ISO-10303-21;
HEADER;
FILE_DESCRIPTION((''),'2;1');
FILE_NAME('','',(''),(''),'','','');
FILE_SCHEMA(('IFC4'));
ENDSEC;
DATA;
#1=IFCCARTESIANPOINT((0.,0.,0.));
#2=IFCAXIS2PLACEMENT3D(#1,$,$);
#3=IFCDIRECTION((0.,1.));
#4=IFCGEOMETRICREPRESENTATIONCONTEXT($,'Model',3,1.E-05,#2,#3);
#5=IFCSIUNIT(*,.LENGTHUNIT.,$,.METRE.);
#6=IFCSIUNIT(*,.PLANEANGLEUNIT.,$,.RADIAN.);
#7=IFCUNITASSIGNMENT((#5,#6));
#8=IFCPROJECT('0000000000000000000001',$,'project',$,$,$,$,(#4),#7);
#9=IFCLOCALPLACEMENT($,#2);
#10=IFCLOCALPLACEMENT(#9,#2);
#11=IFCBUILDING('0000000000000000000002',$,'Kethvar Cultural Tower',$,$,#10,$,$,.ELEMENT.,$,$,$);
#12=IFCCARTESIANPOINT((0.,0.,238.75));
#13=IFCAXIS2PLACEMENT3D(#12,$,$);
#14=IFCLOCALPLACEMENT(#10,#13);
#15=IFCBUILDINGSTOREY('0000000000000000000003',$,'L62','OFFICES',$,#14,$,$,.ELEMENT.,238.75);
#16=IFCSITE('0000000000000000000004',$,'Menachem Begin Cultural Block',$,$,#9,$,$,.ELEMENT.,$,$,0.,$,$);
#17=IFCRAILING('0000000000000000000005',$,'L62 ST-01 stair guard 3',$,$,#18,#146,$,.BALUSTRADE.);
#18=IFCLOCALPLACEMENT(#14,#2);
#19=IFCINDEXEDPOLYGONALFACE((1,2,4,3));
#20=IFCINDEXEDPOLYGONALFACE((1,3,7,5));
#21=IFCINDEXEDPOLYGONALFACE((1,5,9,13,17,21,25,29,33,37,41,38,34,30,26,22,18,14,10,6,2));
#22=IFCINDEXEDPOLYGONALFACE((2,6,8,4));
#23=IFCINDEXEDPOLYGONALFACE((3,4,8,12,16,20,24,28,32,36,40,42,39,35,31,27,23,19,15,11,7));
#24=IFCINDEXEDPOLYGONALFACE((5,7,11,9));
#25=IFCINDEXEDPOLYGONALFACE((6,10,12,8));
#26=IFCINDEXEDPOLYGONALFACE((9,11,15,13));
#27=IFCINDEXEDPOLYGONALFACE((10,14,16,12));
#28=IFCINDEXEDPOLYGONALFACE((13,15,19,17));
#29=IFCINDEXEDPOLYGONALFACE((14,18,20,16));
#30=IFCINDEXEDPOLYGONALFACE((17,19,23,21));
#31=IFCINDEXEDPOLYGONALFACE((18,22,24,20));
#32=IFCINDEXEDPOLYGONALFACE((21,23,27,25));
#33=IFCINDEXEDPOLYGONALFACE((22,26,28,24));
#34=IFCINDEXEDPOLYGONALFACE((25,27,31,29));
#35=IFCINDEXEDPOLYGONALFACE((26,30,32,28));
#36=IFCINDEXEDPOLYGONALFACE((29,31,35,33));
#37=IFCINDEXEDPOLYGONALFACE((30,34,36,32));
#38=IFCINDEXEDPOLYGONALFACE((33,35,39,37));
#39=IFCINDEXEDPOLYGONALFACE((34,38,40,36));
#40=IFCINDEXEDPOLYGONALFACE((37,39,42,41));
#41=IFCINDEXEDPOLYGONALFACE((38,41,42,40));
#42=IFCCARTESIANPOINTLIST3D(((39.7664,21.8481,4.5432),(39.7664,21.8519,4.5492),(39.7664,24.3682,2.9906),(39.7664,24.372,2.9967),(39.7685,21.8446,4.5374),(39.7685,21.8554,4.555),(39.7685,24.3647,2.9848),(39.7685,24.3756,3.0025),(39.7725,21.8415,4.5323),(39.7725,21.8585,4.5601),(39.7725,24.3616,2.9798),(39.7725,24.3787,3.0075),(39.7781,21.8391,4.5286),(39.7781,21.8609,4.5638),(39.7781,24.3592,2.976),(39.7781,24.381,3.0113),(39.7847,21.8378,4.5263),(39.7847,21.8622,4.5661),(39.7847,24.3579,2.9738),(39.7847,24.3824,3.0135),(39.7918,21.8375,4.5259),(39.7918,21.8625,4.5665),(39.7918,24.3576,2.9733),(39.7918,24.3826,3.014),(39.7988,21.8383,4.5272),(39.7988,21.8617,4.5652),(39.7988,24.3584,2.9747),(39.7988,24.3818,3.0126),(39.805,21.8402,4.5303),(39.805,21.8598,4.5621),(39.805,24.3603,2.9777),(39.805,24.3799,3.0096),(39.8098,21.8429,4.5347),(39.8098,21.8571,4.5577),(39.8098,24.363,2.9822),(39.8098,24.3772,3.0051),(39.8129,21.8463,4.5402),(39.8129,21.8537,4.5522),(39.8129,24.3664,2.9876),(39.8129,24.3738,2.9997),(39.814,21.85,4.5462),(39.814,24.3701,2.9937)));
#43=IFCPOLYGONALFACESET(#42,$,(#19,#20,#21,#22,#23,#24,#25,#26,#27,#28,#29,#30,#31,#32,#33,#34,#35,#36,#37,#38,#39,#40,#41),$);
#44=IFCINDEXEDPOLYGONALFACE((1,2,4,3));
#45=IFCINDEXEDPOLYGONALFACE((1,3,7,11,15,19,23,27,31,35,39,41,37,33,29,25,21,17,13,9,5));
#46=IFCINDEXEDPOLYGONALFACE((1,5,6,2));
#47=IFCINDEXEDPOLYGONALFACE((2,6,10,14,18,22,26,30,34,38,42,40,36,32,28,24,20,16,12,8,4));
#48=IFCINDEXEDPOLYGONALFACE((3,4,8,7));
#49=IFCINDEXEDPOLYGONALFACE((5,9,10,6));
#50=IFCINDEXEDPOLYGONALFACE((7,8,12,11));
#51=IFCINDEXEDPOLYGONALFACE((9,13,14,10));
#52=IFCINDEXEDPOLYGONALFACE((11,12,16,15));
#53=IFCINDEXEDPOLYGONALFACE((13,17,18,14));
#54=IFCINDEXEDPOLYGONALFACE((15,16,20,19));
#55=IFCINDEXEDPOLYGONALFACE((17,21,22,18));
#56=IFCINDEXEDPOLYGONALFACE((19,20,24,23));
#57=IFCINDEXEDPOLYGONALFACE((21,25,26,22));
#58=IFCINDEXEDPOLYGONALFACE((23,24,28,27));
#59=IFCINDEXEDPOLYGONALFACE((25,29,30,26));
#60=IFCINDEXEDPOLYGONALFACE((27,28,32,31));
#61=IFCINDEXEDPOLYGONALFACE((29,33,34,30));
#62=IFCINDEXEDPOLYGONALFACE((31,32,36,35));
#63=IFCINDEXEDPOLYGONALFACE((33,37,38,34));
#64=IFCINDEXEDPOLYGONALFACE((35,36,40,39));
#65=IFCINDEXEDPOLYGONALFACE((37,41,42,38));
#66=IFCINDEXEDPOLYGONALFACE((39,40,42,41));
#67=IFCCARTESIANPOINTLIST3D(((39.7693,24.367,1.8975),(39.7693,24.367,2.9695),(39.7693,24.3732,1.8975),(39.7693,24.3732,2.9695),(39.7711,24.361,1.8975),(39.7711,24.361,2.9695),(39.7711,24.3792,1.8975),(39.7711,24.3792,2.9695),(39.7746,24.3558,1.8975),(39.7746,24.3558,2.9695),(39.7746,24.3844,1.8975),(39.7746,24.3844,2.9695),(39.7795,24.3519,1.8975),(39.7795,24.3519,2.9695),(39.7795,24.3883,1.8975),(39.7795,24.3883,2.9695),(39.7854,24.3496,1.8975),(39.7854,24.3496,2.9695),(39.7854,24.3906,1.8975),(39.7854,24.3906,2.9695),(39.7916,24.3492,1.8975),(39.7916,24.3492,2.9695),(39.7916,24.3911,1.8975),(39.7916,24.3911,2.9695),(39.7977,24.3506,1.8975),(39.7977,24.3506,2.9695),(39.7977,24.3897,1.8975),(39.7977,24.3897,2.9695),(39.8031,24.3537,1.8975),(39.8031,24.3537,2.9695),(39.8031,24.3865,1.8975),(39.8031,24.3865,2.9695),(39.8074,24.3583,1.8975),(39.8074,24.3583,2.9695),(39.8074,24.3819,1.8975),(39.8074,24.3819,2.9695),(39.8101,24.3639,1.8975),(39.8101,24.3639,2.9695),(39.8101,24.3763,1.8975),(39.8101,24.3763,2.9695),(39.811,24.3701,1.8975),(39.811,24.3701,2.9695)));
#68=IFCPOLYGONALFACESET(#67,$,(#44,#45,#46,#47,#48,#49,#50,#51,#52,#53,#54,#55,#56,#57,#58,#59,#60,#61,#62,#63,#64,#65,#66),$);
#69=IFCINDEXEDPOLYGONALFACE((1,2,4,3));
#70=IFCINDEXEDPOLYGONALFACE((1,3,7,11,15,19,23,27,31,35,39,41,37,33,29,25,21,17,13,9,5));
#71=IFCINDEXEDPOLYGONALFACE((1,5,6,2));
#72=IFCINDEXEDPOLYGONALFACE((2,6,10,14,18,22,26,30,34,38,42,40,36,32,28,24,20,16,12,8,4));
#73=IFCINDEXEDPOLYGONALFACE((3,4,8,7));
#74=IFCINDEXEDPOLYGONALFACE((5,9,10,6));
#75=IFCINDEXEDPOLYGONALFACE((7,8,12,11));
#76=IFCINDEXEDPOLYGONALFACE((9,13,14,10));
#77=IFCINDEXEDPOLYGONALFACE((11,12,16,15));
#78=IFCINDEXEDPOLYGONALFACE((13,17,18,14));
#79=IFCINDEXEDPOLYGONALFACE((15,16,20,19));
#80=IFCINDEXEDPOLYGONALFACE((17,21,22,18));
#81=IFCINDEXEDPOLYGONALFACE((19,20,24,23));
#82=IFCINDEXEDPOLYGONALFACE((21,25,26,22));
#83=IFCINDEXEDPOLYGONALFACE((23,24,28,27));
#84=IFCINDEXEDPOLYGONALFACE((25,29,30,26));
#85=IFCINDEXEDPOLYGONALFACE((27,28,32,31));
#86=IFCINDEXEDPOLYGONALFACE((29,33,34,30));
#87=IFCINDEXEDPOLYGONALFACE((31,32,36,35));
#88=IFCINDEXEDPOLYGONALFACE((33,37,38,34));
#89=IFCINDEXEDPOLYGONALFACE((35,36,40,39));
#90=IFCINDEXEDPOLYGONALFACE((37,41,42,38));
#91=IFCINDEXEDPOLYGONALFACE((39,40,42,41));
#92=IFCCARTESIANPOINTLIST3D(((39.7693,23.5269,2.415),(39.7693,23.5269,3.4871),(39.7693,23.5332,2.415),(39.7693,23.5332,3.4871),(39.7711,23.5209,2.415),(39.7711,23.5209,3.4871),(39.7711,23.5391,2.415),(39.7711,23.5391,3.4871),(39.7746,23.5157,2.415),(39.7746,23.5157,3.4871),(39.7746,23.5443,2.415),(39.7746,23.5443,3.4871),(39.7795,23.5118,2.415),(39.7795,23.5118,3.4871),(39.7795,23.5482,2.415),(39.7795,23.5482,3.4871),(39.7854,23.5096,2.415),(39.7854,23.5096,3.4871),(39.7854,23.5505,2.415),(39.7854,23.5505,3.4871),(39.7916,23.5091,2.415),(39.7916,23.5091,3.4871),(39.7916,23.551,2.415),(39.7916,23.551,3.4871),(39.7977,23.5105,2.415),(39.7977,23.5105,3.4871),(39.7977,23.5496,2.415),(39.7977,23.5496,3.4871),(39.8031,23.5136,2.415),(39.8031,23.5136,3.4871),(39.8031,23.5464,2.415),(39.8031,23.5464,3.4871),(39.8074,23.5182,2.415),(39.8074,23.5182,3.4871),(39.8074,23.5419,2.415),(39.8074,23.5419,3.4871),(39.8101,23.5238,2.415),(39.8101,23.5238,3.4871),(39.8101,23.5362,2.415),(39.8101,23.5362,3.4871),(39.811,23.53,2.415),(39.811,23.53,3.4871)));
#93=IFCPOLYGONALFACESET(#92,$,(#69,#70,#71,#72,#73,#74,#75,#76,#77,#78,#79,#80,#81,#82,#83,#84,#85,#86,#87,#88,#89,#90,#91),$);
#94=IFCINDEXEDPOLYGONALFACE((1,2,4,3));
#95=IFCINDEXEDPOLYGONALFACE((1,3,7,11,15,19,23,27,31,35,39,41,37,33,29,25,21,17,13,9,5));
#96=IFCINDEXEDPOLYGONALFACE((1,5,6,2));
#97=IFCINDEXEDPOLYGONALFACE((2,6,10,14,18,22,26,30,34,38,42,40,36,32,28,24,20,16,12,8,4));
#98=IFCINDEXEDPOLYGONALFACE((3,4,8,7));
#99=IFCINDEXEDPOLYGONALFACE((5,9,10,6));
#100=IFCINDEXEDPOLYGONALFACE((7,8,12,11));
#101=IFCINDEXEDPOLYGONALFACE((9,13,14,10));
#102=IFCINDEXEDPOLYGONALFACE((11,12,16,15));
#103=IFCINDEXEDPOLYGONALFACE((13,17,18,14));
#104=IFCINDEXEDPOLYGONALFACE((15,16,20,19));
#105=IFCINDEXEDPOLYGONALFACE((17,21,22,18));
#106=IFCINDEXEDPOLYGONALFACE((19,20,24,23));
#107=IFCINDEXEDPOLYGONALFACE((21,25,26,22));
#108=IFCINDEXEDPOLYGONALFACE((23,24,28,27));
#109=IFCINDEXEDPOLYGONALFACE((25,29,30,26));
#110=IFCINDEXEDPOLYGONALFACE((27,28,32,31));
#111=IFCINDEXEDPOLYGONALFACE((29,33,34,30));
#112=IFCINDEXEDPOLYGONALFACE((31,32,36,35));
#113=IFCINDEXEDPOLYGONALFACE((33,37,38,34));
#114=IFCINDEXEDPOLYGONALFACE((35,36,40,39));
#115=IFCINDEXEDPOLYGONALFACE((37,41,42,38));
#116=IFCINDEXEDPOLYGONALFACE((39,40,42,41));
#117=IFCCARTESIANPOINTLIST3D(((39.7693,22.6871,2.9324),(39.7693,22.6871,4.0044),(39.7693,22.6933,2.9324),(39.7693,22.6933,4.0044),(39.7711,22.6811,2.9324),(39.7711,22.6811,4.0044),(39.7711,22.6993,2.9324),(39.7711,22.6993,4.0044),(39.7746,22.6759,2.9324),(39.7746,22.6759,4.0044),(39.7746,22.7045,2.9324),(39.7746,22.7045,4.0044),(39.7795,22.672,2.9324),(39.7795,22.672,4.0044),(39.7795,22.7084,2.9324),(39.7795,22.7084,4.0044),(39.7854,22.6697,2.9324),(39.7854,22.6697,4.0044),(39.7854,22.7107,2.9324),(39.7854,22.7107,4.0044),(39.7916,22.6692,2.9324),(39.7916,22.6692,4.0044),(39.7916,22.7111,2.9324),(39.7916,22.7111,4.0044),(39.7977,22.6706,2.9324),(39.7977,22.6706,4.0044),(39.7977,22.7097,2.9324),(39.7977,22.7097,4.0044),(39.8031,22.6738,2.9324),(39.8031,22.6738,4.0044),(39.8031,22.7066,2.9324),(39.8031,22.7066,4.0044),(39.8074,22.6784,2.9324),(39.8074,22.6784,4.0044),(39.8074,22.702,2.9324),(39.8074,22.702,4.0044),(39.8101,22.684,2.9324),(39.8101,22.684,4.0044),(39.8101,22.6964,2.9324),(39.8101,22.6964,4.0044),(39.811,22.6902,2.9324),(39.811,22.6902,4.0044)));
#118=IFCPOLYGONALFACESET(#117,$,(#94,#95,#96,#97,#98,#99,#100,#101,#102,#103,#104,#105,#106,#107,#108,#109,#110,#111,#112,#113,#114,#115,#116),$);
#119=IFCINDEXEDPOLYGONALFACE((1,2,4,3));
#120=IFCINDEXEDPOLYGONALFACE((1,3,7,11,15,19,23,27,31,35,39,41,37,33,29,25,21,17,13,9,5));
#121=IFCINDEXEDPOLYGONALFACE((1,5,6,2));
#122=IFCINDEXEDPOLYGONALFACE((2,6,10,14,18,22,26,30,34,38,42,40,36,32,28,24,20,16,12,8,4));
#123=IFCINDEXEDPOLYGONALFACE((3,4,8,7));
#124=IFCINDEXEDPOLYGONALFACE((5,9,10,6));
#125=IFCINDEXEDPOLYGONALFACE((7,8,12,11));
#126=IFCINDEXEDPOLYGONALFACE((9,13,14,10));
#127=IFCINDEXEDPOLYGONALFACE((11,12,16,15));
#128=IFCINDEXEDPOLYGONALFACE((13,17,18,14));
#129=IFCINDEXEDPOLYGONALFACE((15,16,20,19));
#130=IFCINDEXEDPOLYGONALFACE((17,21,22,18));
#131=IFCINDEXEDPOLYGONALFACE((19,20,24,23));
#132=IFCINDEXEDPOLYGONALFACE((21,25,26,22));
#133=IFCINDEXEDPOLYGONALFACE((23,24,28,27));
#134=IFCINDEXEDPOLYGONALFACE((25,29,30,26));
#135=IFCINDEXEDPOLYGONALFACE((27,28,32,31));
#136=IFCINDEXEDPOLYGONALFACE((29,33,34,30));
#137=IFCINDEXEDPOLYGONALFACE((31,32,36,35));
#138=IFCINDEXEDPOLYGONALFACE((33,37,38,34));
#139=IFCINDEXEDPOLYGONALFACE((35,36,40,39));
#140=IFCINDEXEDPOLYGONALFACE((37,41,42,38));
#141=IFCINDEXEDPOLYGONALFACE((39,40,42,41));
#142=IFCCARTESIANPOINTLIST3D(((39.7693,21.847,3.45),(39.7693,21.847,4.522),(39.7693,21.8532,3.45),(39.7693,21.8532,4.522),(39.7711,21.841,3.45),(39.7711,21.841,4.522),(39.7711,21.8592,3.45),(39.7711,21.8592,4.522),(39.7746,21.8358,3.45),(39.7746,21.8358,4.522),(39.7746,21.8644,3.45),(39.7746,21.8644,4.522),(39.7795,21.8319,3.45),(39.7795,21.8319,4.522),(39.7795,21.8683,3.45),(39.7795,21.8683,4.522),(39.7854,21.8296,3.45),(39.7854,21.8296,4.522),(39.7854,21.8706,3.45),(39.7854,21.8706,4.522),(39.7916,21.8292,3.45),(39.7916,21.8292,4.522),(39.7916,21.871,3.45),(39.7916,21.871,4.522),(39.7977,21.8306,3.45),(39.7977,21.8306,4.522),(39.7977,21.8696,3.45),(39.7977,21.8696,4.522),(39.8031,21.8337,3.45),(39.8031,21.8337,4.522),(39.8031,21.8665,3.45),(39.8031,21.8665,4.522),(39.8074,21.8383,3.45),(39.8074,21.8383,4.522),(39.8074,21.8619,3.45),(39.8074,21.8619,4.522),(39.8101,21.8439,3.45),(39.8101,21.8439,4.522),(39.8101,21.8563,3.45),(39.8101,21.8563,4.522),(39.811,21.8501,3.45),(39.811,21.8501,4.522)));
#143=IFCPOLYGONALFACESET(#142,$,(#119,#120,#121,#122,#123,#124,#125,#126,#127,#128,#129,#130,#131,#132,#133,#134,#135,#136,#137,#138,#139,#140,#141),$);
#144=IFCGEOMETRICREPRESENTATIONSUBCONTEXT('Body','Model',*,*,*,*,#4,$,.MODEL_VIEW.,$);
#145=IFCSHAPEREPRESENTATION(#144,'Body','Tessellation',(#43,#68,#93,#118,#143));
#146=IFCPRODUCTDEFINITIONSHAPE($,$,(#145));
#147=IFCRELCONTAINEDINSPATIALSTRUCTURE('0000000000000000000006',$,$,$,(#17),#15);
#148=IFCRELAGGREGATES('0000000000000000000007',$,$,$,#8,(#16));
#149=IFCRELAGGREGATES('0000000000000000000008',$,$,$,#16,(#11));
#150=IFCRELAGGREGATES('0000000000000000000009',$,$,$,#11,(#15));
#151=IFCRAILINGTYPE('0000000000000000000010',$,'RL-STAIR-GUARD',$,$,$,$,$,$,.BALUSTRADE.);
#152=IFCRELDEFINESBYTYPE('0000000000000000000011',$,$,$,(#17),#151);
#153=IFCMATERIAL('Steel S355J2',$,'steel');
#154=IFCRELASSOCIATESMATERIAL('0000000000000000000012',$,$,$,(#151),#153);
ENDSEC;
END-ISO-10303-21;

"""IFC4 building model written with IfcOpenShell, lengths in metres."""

from ifc_helpers import new_model, si_unit, direction, frame, origin, origin_2d, place, context, subcontext, project, spatial, circle, extrude, material, type_object, element, save


model = new_model("IFC4")

# Units and contexts
model_context = context("Model", 3, precision=1e-05, world=origin(), true_north=direction((0.0, 1.0)))
body_context = subcontext(model_context, "Body", "Model", "MODEL_VIEW")
ifc_project = project(units=[si_unit("LENGTHUNIT", "METRE"), si_unit("PLANEANGLEUNIT", "RADIAN")], contexts=[model_context])

# Site, building, storey
site_placement = place(None, origin())
site = spatial("IfcSite", under=ifc_project, at=site_placement, Name="Menachem Begin Cultural Block", CompositionType="ELEMENT", RefElevation=0.0)
building_placement = place(site_placement, origin())
building = spatial("IfcBuilding", under=site, at=building_placement, Name="Kethvar Cultural Tower", CompositionType="ELEMENT")
storey_placement = place(building_placement, frame((0.0, 0.0, 238.75)))
storey = spatial("IfcBuildingStorey", under=building, at=storey_placement, Name="L62", Description="OFFICES", CompositionType="ELEMENT", Elevation=238.75)

# Shared definitions
ifc_material_1 = material(Name="Steel S355J2", Category="steel")

# Railing
railing_type_1 = type_object("IfcRailingType", Name="RL-STAIR-GUARD", PredefinedType="BALUSTRADE", material=ifc_material_1)
railing_1_placement = place(storey_placement, frame((39.79, 24.3701, 1.8975)))
element("IfcRailing", 1, at=railing_1_placement, inside=storey, type_object=railing_type_1, Name="L62 ST-01 stair guard 3", PredefinedType="BALUSTRADE", context=body_context, shape_type="SweptSolid", body=[
    extrude(circle(Radius=0.0239, at=origin_2d()), frame((0.0, 0.0, 1.0962), z_axis=(0.0, -0.8514, 0.524516), x_axis=(1.0, 0.0, 0.0)), (0.0, 0.0, 1.0), 2.96),
    extrude(circle(Radius=0.021, at=origin_2d()), origin(), (0.0, 0.0, 1.0), 1.072),
    extrude(circle(Radius=0.021, at=origin_2d()), frame((0.0, -0.8401, 0.5176)), (0.0, 0.0, 1.0), 1.072),
    extrude(circle(Radius=0.021, at=origin_2d()), frame((0.0, -1.6799, 1.0349)), (0.0, 0.0, 1.0), 1.072),
    extrude(circle(Radius=0.021, at=origin_2d()), frame((0.0, -2.52, 1.5525)), (0.0, 0.0, 1.0), 1.072),
])

save(model, "model.ifc")
